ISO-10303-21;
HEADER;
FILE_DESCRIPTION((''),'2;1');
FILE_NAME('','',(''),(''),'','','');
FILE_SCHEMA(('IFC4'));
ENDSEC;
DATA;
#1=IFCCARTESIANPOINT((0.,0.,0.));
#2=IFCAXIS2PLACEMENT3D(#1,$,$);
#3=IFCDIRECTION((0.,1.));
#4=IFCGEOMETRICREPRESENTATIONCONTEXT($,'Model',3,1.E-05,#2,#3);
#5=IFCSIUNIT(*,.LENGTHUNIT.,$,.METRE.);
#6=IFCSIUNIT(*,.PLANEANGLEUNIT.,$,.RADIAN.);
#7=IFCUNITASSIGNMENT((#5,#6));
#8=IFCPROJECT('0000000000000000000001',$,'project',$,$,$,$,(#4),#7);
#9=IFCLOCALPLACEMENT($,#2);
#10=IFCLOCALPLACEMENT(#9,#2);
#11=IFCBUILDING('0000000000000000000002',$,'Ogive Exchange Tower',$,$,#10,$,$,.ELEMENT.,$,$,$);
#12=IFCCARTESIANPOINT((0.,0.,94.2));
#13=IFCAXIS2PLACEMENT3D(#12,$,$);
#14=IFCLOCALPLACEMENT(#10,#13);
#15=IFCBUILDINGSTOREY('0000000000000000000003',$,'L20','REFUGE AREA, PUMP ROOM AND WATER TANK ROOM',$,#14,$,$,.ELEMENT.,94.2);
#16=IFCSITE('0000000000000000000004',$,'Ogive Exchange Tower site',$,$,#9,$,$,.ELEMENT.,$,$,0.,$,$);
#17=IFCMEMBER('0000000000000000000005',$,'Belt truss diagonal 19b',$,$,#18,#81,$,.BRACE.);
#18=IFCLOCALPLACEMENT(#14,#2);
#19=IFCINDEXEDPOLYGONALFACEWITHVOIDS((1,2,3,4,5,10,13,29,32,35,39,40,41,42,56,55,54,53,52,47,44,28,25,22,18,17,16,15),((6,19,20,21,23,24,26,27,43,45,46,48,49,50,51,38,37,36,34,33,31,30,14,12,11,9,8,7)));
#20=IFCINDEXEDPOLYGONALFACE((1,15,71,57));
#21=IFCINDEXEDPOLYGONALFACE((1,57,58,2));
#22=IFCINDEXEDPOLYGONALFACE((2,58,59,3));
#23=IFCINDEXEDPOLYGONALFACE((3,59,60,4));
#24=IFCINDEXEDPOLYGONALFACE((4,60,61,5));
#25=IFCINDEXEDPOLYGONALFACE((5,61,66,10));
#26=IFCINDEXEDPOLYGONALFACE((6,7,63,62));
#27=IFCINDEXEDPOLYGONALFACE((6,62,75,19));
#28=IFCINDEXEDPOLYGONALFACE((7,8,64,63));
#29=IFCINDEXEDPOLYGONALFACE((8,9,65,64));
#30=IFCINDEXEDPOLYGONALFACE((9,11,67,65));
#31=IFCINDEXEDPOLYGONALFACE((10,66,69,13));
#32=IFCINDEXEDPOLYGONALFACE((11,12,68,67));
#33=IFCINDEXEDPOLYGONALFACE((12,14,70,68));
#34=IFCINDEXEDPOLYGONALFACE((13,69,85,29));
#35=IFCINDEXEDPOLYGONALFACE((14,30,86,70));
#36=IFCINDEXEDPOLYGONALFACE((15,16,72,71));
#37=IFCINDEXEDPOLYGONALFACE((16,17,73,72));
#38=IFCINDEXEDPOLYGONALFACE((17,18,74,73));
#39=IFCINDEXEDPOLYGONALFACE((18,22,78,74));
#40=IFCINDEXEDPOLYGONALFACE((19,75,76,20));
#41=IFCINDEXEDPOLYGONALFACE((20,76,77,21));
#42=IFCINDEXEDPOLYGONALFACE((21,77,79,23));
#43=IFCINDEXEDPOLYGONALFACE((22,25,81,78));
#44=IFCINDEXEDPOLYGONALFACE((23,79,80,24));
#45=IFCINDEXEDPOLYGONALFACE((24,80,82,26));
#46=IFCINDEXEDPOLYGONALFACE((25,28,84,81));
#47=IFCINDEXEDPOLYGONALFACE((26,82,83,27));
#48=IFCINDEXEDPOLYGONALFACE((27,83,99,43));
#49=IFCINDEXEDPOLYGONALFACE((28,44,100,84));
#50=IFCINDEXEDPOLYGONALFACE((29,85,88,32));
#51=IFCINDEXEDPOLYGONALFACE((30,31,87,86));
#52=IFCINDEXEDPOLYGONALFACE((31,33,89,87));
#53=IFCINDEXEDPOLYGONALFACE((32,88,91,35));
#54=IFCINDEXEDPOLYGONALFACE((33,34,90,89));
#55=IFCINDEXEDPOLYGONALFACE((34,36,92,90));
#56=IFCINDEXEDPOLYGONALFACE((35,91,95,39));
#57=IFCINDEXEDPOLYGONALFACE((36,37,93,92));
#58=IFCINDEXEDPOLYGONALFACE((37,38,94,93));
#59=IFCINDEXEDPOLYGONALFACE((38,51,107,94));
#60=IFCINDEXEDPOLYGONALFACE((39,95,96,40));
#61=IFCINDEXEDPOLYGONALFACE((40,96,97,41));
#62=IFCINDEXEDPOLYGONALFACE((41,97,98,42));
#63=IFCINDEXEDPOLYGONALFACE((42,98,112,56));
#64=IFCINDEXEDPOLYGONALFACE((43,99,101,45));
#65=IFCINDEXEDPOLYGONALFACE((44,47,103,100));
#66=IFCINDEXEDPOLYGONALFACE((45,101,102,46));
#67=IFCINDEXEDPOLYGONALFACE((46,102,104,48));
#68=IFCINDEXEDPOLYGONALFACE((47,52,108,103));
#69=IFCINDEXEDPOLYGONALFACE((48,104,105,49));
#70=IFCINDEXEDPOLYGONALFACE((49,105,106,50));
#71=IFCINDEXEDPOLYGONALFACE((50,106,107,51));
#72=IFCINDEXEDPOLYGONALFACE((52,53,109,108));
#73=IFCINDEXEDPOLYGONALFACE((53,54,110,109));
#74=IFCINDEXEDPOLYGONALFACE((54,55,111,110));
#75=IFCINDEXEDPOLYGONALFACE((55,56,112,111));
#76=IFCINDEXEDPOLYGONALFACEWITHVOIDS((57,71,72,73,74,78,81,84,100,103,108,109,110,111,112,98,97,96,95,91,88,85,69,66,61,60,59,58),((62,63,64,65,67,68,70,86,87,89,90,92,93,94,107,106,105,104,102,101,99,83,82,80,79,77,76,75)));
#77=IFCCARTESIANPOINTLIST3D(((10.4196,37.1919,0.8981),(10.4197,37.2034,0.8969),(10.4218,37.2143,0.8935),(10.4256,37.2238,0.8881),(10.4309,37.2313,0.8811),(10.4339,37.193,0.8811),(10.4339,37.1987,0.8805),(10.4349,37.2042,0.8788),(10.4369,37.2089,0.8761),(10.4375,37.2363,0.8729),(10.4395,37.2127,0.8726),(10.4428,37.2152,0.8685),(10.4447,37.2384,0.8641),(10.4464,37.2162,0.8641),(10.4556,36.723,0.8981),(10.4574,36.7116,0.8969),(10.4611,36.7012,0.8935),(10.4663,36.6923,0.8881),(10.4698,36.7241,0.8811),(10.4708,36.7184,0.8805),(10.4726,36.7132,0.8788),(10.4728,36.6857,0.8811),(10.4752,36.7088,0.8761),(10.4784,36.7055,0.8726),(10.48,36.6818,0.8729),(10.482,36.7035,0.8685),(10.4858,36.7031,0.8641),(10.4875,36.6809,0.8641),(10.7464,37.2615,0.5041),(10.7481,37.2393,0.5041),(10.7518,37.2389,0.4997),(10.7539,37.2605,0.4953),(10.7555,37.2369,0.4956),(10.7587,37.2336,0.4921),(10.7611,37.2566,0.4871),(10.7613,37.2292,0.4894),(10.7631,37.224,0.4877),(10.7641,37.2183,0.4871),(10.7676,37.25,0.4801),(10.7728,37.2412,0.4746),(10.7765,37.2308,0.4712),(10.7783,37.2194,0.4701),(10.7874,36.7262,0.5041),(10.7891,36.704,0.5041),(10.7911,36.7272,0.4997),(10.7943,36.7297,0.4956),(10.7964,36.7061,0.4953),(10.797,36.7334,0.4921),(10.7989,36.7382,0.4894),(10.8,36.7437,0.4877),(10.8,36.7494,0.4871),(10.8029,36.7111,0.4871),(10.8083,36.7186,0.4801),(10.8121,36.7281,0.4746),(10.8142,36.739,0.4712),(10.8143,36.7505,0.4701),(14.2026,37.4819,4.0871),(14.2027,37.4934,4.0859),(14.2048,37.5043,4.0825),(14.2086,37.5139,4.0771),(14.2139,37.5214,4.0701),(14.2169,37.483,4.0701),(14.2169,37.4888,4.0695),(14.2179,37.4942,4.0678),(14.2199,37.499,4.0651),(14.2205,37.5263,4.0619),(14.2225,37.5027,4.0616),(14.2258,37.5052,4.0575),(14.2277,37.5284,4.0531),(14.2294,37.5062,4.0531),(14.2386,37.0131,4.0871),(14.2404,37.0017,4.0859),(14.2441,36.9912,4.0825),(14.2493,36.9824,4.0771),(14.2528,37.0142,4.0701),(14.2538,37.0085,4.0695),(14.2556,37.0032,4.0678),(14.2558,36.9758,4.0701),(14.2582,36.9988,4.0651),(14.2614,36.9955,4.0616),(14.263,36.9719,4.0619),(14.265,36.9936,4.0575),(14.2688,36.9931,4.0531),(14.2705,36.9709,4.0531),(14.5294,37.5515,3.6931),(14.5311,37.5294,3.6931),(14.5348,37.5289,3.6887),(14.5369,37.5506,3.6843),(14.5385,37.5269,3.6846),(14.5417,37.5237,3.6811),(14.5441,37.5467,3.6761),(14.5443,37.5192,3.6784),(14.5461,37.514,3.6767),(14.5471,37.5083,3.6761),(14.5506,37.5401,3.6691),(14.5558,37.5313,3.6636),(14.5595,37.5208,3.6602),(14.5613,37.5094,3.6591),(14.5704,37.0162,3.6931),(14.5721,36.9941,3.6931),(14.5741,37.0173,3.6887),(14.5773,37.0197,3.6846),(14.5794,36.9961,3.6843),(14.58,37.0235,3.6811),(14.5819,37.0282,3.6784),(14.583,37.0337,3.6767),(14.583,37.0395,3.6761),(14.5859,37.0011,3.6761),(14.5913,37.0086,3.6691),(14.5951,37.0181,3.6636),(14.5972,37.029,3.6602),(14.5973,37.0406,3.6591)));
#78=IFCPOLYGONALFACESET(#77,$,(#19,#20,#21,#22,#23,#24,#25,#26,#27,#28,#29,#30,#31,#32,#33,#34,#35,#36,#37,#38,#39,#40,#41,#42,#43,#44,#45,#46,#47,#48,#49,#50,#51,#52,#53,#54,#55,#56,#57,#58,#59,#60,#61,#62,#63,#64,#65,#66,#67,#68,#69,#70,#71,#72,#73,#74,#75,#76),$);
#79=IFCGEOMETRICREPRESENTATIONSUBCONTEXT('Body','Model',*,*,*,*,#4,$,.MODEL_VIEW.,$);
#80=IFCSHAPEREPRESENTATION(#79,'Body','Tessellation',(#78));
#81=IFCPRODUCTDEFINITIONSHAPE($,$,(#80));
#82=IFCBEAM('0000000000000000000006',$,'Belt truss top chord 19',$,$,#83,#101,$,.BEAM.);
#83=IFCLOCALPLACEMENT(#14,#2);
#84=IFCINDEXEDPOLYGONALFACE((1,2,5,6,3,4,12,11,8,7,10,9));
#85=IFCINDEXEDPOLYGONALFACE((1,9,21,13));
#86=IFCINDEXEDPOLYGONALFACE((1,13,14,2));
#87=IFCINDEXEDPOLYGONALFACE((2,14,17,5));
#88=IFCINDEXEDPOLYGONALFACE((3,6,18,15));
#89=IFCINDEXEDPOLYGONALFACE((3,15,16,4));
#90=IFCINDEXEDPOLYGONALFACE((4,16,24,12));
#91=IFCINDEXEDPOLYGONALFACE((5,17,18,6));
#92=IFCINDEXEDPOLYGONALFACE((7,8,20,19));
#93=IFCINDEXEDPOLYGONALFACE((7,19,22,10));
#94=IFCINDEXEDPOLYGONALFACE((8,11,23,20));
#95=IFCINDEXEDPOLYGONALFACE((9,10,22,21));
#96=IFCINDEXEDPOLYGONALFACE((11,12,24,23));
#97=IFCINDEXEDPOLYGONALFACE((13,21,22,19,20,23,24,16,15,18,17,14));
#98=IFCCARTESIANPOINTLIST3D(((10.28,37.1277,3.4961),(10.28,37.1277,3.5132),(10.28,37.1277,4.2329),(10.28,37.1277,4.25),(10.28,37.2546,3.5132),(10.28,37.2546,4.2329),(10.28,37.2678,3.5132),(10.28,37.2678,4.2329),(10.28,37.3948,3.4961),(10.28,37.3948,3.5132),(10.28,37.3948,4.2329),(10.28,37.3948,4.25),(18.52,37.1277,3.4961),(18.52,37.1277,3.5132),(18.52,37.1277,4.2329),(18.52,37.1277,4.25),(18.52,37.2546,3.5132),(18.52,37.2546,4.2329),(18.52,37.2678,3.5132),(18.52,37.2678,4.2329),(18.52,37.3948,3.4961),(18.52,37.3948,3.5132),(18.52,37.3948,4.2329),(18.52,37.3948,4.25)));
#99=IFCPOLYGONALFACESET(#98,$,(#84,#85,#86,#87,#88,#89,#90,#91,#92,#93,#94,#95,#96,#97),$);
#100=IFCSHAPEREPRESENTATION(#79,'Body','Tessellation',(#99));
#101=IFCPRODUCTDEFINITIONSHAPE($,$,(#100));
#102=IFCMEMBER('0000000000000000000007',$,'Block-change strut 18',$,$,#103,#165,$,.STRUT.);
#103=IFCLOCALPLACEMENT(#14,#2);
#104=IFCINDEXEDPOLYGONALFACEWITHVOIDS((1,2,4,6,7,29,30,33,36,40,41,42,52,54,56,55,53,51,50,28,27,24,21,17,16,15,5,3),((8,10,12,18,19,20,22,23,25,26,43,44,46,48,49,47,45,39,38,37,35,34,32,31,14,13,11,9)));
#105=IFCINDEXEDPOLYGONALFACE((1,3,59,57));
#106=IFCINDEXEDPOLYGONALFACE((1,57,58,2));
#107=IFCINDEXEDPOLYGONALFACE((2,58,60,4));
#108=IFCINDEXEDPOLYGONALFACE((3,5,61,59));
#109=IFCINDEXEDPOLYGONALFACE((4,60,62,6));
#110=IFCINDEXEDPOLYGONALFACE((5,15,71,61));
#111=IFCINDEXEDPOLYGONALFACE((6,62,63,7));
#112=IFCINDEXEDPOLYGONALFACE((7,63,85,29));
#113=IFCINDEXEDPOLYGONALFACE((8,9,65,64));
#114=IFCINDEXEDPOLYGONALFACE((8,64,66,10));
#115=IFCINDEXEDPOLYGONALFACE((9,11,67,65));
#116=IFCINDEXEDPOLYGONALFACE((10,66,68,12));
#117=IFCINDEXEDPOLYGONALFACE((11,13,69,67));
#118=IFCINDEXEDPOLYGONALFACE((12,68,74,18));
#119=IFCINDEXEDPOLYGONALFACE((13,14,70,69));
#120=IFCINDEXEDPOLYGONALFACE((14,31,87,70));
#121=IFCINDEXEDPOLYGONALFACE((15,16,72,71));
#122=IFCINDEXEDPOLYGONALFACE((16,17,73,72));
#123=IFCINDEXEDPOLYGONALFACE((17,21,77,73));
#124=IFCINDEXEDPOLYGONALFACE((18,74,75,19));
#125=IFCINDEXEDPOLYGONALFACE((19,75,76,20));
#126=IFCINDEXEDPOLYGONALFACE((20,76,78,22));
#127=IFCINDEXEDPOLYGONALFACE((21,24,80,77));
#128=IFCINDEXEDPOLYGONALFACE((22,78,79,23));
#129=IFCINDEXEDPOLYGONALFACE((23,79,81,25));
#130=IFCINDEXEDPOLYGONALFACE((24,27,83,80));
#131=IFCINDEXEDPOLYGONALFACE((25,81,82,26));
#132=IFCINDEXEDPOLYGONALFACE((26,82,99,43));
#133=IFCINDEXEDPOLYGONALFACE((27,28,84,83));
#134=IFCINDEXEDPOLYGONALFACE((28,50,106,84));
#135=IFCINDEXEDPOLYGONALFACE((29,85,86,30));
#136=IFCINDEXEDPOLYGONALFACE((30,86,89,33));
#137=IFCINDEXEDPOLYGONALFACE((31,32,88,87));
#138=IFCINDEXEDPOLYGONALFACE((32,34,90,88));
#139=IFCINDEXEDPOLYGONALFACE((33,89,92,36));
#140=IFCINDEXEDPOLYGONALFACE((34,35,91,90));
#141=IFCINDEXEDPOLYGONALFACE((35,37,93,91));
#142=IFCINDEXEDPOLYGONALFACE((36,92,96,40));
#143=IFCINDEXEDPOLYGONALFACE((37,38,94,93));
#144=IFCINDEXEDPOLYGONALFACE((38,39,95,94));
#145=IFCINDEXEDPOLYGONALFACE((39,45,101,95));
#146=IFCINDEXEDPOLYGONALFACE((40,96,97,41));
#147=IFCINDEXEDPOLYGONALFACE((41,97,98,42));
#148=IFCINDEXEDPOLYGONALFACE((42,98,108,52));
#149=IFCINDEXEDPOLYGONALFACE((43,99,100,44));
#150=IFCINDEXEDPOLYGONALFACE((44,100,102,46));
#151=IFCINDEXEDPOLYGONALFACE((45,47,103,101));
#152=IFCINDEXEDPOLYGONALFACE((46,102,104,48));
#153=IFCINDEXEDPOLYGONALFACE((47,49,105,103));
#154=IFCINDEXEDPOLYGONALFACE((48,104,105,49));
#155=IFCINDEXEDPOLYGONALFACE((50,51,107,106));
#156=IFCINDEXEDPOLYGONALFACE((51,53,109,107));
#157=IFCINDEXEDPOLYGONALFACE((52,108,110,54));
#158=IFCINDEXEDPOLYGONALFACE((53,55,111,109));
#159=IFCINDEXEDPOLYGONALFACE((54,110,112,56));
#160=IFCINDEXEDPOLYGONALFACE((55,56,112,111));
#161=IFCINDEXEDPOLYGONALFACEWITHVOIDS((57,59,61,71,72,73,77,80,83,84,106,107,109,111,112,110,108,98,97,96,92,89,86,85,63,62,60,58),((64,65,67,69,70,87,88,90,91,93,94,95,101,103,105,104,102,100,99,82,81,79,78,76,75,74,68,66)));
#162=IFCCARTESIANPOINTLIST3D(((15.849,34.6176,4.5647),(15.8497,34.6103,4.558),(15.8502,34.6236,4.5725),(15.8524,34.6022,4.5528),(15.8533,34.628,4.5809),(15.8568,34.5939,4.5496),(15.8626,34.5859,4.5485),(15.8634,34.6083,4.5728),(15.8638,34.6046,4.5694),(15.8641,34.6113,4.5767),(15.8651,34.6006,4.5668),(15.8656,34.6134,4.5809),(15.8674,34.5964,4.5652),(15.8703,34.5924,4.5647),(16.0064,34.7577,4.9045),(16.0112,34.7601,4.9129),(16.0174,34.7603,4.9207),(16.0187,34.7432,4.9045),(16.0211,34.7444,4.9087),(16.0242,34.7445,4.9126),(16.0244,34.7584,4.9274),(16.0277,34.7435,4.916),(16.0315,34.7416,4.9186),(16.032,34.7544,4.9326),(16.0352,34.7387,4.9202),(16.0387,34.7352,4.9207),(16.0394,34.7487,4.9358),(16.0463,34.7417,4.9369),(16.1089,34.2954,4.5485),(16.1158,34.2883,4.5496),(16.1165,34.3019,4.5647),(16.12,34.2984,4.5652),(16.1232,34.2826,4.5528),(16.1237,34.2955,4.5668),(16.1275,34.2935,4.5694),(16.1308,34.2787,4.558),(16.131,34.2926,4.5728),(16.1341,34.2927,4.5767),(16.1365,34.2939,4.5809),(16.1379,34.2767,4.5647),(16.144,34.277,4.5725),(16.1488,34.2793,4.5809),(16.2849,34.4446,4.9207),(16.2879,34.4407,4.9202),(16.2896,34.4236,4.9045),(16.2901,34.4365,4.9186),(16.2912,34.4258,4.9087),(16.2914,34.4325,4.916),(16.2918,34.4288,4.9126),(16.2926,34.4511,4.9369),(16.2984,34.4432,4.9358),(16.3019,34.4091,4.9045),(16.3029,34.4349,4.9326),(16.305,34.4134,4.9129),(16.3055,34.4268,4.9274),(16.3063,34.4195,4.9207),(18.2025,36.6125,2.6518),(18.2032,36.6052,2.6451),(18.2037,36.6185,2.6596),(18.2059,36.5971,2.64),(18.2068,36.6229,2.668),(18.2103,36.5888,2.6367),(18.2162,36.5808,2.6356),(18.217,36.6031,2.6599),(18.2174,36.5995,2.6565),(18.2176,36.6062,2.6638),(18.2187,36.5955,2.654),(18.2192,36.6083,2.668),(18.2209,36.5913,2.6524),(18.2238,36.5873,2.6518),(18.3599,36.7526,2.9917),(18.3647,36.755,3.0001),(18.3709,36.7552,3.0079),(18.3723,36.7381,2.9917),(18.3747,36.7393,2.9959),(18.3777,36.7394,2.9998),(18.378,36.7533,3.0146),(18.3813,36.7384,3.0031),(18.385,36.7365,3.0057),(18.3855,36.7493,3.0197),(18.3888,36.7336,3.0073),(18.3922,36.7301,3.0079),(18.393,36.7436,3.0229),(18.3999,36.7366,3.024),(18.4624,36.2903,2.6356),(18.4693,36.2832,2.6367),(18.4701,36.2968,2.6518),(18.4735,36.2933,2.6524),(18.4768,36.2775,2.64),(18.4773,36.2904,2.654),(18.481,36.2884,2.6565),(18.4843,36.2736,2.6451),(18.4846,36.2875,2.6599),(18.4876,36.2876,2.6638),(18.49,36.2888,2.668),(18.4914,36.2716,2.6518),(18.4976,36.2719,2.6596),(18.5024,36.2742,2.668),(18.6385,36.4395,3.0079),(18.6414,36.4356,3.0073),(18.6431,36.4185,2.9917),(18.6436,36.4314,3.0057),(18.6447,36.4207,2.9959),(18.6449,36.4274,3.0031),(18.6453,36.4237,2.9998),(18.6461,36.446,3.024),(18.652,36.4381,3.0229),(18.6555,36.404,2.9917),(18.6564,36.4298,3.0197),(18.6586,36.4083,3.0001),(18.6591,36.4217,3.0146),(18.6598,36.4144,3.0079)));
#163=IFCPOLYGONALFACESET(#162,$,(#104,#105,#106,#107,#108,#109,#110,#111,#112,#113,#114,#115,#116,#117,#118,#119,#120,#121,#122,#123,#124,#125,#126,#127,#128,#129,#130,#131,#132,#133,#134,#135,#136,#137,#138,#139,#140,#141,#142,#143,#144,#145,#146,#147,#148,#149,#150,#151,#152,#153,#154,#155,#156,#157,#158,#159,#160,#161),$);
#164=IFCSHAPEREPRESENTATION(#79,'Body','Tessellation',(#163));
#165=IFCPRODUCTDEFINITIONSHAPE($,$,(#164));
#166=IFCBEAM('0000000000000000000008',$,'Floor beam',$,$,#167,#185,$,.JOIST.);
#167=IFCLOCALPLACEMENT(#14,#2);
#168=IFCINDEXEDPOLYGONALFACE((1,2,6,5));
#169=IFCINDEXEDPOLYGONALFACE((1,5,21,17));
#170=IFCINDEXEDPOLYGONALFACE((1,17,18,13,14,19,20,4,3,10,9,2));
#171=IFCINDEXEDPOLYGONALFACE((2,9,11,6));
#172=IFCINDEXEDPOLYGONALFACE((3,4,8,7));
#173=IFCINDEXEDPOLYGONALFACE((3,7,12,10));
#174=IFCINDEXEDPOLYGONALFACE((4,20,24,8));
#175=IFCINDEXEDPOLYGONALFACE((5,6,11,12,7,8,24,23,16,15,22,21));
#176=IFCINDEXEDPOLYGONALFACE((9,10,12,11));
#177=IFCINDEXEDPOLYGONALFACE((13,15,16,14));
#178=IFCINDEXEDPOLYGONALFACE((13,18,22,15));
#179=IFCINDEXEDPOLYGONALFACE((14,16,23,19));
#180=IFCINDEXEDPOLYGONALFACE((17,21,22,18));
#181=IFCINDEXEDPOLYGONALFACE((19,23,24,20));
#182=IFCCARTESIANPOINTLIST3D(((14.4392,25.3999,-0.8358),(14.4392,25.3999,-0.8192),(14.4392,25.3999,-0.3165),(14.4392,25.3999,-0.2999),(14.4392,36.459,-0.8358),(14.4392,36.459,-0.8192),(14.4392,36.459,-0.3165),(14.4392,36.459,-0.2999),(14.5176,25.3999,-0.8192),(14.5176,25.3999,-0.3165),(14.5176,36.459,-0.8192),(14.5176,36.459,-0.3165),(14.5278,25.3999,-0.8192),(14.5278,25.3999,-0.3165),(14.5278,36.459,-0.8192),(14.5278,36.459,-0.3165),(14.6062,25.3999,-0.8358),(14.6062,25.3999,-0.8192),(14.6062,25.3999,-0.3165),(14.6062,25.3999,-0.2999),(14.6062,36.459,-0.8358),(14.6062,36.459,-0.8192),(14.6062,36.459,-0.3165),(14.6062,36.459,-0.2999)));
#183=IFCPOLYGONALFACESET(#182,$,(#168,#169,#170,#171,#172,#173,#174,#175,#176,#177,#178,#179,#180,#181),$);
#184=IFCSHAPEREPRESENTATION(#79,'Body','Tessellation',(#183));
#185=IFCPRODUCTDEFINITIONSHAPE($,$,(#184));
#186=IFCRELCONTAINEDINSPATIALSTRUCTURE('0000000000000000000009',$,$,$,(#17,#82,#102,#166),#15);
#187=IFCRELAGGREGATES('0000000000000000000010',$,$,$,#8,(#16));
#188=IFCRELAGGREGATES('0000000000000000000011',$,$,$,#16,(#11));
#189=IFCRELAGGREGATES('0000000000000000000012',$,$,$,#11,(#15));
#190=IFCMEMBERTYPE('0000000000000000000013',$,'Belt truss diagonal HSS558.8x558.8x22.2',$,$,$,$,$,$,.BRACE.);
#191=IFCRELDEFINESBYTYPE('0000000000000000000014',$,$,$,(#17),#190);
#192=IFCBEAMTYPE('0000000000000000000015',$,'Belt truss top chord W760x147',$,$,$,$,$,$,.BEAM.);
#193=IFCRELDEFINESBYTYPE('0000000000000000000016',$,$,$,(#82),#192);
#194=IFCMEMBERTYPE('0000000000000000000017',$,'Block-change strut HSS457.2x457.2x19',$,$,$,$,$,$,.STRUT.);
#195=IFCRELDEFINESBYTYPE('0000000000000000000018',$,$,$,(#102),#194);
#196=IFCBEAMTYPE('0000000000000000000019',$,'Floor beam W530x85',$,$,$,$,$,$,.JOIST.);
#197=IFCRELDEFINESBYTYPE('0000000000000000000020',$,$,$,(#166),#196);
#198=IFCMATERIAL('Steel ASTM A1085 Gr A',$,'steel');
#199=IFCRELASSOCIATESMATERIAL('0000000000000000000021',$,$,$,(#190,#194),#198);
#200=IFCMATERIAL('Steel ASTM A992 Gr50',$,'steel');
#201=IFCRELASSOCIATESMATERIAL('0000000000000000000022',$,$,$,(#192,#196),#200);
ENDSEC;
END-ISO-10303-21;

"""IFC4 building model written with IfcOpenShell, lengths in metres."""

from ifc_helpers import new_model, si_unit, direction, frame, origin, origin_2d, place, context, subcontext, project, spatial, hollow_rectangle, i_section, extrude, material, material_profile, profile_set, type_object, element, save


model = new_model("IFC4")

# Units and contexts
model_context = context("Model", 3, precision=1e-05, world=origin(), true_north=direction((0.0, 1.0)))
body_context = subcontext(model_context, "Body", "Model", "MODEL_VIEW")
ifc_project = project(units=[si_unit("LENGTHUNIT", "METRE"), si_unit("PLANEANGLEUNIT", "RADIAN")], contexts=[model_context])

# Site, building, storey
site_placement = place(None, origin())
site = spatial("IfcSite", under=ifc_project, at=site_placement, Name="Ogive Exchange Tower site", CompositionType="ELEMENT", RefElevation=0.0)
building_placement = place(site_placement, origin())
building = spatial("IfcBuilding", under=site, at=building_placement, Name="Ogive Exchange Tower", CompositionType="ELEMENT")
storey_placement = place(building_placement, frame((0.0, 0.0, 94.2)))
storey = spatial("IfcBuildingStorey", under=building, at=storey_placement, Name="L20", Description="REFUGE AREA, PUMP ROOM AND WATER TANK ROOM", CompositionType="ELEMENT", Elevation=94.2)

# Shared definitions
ifc_material_1 = material(Name="Steel ASTM A992 Gr50", Category="steel")

# Member
ifc_material_2 = material(Name="Steel ASTM A1085 Gr A", Category="steel")
ifc_material_profile_1 = material_profile(ifc_material_2, hollow_rectangle(XDim=0.5591, YDim=0.5591, WallThickness=0.0222, InnerFilletRadius=0.0222, OuterFilletRadius=0.0444, at=origin_2d()), Name="HSS558.8x558.8x22.2")
ifc_profile_set_1 = profile_set([ifc_material_profile_1], Name="Steel ASTM A1085 Gr A")
member_type_1 = type_object("IfcMemberType", Name="Belt truss diagonal HSS558.8x558.8x22.2", PredefinedType="BRACE", material=ifc_profile_set_1)
member_1_placement = place(storey_placement, frame((10.6169, 36.9712, 0.6841), z_axis=(0.763271, 0.05852, 0.643423), x_axis=(-0.076446, 0.997074, 0.0)))
element("IfcMember", 1, at=member_1_placement, inside=storey, type_object=member_type_1, Name="Belt truss diagonal 19b", PredefinedType="BRACE", context=body_context, shape_type="SweptSolid", body=[
    extrude(hollow_rectangle(XDim=0.5591, YDim=0.5591, WallThickness=0.0222, InnerFilletRadius=0.0222, OuterFilletRadius=0.0444, at=origin_2d()), origin(), (0.0, 0.0, 1.0), 4.9563),
])

# Beam
ifc_material_profile_2 = material_profile(ifc_material_1, i_section(OverallWidth=0.2671, OverallDepth=0.7539, WebThickness=0.0132, FlangeThickness=0.0171, at=origin_2d()), Name="W760x147")
ifc_profile_set_2 = profile_set([ifc_material_profile_2], Name="Steel ASTM A992 Gr50")
beam_type_1 = type_object("IfcBeamType", Name="Belt truss top chord W760x147", PredefinedType="BEAM", material=ifc_profile_set_2)
beam_1_placement = place(storey_placement, frame((18.52, 37.2612, 3.873), z_axis=(-1.0, 0.0, 0.0), x_axis=(0.0, -1.0, 0.0)))
element("IfcBeam", 2, at=beam_1_placement, inside=storey, type_object=beam_type_1, Name="Belt truss top chord 19", PredefinedType="BEAM", context=body_context, shape_type="SweptSolid", body=[
    extrude(i_section(OverallWidth=0.2671, OverallDepth=0.7539, WebThickness=0.0132, FlangeThickness=0.0171, at=origin_2d()), origin(), (0.0, 0.0, 1.0), 8.24),
])

# Member
ifc_material_profile_3 = material_profile(ifc_material_2, hollow_rectangle(XDim=0.457, YDim=0.457, WallThickness=0.019, InnerFilletRadius=0.019, OuterFilletRadius=0.0381, at=origin_2d()), Name="HSS457.2x457.2x19")
ifc_profile_set_3 = profile_set([ifc_material_profile_3], Name="Steel ASTM A1085 Gr A")
member_type_2 = type_object("IfcMemberType", Name="Block-change strut HSS457.2x457.2x19", PredefinedType="STRUT", material=ifc_profile_set_3)
member_2_placement = place(storey_placement, frame((18.4312, 36.5134, 2.8298), z_axis=(-0.648336, -0.549539, 0.526941), x_axis=(0.646591, -0.762837, 0.0)))
element("IfcMember", 3, at=member_2_placement, inside=storey, type_object=member_type_2, Name="Block-change strut 18", PredefinedType="STRUT", context=body_context, shape_type="SweptSolid", body=[
    extrude(hollow_rectangle(XDim=0.457, YDim=0.457, WallThickness=0.019, InnerFilletRadius=0.019, OuterFilletRadius=0.0381, at=origin_2d()), origin(), (0.0, 0.0, 1.0), 3.6301),
])

# Beam
ifc_material_profile_4 = material_profile(ifc_material_1, i_section(OverallWidth=0.167, OverallDepth=0.5359, WebThickness=0.0103, FlangeThickness=0.0166, at=origin_2d()), Name="W530x85")
ifc_profile_set_4 = profile_set([ifc_material_profile_4], Name="Steel ASTM A992 Gr50")
beam_type_2 = type_object("IfcBeamType", Name="Floor beam W530x85", PredefinedType="JOIST", material=ifc_profile_set_4)
for number, where, z_axis, x_axis, name in (
    (4, (14.5227, 25.3999, -0.5679), (0.0, 1.0, 0.0), (-1.0, 0.0, 0.0), "Floor beam"),
):
    element("IfcBeam", number, at=place(storey_placement, frame(where, z_axis=z_axis, x_axis=x_axis)), inside=storey, type_object=beam_type_2, Name=name, PredefinedType="JOIST", context=body_context, shape_type="SweptSolid", body=[
        extrude(i_section(OverallWidth=0.167, OverallDepth=0.5359, WebThickness=0.0103, FlangeThickness=0.0166, at=origin_2d()), origin(), (0.0, 0.0, 1.0), 11.0591),
    ])

save(model, "model.ifc")
